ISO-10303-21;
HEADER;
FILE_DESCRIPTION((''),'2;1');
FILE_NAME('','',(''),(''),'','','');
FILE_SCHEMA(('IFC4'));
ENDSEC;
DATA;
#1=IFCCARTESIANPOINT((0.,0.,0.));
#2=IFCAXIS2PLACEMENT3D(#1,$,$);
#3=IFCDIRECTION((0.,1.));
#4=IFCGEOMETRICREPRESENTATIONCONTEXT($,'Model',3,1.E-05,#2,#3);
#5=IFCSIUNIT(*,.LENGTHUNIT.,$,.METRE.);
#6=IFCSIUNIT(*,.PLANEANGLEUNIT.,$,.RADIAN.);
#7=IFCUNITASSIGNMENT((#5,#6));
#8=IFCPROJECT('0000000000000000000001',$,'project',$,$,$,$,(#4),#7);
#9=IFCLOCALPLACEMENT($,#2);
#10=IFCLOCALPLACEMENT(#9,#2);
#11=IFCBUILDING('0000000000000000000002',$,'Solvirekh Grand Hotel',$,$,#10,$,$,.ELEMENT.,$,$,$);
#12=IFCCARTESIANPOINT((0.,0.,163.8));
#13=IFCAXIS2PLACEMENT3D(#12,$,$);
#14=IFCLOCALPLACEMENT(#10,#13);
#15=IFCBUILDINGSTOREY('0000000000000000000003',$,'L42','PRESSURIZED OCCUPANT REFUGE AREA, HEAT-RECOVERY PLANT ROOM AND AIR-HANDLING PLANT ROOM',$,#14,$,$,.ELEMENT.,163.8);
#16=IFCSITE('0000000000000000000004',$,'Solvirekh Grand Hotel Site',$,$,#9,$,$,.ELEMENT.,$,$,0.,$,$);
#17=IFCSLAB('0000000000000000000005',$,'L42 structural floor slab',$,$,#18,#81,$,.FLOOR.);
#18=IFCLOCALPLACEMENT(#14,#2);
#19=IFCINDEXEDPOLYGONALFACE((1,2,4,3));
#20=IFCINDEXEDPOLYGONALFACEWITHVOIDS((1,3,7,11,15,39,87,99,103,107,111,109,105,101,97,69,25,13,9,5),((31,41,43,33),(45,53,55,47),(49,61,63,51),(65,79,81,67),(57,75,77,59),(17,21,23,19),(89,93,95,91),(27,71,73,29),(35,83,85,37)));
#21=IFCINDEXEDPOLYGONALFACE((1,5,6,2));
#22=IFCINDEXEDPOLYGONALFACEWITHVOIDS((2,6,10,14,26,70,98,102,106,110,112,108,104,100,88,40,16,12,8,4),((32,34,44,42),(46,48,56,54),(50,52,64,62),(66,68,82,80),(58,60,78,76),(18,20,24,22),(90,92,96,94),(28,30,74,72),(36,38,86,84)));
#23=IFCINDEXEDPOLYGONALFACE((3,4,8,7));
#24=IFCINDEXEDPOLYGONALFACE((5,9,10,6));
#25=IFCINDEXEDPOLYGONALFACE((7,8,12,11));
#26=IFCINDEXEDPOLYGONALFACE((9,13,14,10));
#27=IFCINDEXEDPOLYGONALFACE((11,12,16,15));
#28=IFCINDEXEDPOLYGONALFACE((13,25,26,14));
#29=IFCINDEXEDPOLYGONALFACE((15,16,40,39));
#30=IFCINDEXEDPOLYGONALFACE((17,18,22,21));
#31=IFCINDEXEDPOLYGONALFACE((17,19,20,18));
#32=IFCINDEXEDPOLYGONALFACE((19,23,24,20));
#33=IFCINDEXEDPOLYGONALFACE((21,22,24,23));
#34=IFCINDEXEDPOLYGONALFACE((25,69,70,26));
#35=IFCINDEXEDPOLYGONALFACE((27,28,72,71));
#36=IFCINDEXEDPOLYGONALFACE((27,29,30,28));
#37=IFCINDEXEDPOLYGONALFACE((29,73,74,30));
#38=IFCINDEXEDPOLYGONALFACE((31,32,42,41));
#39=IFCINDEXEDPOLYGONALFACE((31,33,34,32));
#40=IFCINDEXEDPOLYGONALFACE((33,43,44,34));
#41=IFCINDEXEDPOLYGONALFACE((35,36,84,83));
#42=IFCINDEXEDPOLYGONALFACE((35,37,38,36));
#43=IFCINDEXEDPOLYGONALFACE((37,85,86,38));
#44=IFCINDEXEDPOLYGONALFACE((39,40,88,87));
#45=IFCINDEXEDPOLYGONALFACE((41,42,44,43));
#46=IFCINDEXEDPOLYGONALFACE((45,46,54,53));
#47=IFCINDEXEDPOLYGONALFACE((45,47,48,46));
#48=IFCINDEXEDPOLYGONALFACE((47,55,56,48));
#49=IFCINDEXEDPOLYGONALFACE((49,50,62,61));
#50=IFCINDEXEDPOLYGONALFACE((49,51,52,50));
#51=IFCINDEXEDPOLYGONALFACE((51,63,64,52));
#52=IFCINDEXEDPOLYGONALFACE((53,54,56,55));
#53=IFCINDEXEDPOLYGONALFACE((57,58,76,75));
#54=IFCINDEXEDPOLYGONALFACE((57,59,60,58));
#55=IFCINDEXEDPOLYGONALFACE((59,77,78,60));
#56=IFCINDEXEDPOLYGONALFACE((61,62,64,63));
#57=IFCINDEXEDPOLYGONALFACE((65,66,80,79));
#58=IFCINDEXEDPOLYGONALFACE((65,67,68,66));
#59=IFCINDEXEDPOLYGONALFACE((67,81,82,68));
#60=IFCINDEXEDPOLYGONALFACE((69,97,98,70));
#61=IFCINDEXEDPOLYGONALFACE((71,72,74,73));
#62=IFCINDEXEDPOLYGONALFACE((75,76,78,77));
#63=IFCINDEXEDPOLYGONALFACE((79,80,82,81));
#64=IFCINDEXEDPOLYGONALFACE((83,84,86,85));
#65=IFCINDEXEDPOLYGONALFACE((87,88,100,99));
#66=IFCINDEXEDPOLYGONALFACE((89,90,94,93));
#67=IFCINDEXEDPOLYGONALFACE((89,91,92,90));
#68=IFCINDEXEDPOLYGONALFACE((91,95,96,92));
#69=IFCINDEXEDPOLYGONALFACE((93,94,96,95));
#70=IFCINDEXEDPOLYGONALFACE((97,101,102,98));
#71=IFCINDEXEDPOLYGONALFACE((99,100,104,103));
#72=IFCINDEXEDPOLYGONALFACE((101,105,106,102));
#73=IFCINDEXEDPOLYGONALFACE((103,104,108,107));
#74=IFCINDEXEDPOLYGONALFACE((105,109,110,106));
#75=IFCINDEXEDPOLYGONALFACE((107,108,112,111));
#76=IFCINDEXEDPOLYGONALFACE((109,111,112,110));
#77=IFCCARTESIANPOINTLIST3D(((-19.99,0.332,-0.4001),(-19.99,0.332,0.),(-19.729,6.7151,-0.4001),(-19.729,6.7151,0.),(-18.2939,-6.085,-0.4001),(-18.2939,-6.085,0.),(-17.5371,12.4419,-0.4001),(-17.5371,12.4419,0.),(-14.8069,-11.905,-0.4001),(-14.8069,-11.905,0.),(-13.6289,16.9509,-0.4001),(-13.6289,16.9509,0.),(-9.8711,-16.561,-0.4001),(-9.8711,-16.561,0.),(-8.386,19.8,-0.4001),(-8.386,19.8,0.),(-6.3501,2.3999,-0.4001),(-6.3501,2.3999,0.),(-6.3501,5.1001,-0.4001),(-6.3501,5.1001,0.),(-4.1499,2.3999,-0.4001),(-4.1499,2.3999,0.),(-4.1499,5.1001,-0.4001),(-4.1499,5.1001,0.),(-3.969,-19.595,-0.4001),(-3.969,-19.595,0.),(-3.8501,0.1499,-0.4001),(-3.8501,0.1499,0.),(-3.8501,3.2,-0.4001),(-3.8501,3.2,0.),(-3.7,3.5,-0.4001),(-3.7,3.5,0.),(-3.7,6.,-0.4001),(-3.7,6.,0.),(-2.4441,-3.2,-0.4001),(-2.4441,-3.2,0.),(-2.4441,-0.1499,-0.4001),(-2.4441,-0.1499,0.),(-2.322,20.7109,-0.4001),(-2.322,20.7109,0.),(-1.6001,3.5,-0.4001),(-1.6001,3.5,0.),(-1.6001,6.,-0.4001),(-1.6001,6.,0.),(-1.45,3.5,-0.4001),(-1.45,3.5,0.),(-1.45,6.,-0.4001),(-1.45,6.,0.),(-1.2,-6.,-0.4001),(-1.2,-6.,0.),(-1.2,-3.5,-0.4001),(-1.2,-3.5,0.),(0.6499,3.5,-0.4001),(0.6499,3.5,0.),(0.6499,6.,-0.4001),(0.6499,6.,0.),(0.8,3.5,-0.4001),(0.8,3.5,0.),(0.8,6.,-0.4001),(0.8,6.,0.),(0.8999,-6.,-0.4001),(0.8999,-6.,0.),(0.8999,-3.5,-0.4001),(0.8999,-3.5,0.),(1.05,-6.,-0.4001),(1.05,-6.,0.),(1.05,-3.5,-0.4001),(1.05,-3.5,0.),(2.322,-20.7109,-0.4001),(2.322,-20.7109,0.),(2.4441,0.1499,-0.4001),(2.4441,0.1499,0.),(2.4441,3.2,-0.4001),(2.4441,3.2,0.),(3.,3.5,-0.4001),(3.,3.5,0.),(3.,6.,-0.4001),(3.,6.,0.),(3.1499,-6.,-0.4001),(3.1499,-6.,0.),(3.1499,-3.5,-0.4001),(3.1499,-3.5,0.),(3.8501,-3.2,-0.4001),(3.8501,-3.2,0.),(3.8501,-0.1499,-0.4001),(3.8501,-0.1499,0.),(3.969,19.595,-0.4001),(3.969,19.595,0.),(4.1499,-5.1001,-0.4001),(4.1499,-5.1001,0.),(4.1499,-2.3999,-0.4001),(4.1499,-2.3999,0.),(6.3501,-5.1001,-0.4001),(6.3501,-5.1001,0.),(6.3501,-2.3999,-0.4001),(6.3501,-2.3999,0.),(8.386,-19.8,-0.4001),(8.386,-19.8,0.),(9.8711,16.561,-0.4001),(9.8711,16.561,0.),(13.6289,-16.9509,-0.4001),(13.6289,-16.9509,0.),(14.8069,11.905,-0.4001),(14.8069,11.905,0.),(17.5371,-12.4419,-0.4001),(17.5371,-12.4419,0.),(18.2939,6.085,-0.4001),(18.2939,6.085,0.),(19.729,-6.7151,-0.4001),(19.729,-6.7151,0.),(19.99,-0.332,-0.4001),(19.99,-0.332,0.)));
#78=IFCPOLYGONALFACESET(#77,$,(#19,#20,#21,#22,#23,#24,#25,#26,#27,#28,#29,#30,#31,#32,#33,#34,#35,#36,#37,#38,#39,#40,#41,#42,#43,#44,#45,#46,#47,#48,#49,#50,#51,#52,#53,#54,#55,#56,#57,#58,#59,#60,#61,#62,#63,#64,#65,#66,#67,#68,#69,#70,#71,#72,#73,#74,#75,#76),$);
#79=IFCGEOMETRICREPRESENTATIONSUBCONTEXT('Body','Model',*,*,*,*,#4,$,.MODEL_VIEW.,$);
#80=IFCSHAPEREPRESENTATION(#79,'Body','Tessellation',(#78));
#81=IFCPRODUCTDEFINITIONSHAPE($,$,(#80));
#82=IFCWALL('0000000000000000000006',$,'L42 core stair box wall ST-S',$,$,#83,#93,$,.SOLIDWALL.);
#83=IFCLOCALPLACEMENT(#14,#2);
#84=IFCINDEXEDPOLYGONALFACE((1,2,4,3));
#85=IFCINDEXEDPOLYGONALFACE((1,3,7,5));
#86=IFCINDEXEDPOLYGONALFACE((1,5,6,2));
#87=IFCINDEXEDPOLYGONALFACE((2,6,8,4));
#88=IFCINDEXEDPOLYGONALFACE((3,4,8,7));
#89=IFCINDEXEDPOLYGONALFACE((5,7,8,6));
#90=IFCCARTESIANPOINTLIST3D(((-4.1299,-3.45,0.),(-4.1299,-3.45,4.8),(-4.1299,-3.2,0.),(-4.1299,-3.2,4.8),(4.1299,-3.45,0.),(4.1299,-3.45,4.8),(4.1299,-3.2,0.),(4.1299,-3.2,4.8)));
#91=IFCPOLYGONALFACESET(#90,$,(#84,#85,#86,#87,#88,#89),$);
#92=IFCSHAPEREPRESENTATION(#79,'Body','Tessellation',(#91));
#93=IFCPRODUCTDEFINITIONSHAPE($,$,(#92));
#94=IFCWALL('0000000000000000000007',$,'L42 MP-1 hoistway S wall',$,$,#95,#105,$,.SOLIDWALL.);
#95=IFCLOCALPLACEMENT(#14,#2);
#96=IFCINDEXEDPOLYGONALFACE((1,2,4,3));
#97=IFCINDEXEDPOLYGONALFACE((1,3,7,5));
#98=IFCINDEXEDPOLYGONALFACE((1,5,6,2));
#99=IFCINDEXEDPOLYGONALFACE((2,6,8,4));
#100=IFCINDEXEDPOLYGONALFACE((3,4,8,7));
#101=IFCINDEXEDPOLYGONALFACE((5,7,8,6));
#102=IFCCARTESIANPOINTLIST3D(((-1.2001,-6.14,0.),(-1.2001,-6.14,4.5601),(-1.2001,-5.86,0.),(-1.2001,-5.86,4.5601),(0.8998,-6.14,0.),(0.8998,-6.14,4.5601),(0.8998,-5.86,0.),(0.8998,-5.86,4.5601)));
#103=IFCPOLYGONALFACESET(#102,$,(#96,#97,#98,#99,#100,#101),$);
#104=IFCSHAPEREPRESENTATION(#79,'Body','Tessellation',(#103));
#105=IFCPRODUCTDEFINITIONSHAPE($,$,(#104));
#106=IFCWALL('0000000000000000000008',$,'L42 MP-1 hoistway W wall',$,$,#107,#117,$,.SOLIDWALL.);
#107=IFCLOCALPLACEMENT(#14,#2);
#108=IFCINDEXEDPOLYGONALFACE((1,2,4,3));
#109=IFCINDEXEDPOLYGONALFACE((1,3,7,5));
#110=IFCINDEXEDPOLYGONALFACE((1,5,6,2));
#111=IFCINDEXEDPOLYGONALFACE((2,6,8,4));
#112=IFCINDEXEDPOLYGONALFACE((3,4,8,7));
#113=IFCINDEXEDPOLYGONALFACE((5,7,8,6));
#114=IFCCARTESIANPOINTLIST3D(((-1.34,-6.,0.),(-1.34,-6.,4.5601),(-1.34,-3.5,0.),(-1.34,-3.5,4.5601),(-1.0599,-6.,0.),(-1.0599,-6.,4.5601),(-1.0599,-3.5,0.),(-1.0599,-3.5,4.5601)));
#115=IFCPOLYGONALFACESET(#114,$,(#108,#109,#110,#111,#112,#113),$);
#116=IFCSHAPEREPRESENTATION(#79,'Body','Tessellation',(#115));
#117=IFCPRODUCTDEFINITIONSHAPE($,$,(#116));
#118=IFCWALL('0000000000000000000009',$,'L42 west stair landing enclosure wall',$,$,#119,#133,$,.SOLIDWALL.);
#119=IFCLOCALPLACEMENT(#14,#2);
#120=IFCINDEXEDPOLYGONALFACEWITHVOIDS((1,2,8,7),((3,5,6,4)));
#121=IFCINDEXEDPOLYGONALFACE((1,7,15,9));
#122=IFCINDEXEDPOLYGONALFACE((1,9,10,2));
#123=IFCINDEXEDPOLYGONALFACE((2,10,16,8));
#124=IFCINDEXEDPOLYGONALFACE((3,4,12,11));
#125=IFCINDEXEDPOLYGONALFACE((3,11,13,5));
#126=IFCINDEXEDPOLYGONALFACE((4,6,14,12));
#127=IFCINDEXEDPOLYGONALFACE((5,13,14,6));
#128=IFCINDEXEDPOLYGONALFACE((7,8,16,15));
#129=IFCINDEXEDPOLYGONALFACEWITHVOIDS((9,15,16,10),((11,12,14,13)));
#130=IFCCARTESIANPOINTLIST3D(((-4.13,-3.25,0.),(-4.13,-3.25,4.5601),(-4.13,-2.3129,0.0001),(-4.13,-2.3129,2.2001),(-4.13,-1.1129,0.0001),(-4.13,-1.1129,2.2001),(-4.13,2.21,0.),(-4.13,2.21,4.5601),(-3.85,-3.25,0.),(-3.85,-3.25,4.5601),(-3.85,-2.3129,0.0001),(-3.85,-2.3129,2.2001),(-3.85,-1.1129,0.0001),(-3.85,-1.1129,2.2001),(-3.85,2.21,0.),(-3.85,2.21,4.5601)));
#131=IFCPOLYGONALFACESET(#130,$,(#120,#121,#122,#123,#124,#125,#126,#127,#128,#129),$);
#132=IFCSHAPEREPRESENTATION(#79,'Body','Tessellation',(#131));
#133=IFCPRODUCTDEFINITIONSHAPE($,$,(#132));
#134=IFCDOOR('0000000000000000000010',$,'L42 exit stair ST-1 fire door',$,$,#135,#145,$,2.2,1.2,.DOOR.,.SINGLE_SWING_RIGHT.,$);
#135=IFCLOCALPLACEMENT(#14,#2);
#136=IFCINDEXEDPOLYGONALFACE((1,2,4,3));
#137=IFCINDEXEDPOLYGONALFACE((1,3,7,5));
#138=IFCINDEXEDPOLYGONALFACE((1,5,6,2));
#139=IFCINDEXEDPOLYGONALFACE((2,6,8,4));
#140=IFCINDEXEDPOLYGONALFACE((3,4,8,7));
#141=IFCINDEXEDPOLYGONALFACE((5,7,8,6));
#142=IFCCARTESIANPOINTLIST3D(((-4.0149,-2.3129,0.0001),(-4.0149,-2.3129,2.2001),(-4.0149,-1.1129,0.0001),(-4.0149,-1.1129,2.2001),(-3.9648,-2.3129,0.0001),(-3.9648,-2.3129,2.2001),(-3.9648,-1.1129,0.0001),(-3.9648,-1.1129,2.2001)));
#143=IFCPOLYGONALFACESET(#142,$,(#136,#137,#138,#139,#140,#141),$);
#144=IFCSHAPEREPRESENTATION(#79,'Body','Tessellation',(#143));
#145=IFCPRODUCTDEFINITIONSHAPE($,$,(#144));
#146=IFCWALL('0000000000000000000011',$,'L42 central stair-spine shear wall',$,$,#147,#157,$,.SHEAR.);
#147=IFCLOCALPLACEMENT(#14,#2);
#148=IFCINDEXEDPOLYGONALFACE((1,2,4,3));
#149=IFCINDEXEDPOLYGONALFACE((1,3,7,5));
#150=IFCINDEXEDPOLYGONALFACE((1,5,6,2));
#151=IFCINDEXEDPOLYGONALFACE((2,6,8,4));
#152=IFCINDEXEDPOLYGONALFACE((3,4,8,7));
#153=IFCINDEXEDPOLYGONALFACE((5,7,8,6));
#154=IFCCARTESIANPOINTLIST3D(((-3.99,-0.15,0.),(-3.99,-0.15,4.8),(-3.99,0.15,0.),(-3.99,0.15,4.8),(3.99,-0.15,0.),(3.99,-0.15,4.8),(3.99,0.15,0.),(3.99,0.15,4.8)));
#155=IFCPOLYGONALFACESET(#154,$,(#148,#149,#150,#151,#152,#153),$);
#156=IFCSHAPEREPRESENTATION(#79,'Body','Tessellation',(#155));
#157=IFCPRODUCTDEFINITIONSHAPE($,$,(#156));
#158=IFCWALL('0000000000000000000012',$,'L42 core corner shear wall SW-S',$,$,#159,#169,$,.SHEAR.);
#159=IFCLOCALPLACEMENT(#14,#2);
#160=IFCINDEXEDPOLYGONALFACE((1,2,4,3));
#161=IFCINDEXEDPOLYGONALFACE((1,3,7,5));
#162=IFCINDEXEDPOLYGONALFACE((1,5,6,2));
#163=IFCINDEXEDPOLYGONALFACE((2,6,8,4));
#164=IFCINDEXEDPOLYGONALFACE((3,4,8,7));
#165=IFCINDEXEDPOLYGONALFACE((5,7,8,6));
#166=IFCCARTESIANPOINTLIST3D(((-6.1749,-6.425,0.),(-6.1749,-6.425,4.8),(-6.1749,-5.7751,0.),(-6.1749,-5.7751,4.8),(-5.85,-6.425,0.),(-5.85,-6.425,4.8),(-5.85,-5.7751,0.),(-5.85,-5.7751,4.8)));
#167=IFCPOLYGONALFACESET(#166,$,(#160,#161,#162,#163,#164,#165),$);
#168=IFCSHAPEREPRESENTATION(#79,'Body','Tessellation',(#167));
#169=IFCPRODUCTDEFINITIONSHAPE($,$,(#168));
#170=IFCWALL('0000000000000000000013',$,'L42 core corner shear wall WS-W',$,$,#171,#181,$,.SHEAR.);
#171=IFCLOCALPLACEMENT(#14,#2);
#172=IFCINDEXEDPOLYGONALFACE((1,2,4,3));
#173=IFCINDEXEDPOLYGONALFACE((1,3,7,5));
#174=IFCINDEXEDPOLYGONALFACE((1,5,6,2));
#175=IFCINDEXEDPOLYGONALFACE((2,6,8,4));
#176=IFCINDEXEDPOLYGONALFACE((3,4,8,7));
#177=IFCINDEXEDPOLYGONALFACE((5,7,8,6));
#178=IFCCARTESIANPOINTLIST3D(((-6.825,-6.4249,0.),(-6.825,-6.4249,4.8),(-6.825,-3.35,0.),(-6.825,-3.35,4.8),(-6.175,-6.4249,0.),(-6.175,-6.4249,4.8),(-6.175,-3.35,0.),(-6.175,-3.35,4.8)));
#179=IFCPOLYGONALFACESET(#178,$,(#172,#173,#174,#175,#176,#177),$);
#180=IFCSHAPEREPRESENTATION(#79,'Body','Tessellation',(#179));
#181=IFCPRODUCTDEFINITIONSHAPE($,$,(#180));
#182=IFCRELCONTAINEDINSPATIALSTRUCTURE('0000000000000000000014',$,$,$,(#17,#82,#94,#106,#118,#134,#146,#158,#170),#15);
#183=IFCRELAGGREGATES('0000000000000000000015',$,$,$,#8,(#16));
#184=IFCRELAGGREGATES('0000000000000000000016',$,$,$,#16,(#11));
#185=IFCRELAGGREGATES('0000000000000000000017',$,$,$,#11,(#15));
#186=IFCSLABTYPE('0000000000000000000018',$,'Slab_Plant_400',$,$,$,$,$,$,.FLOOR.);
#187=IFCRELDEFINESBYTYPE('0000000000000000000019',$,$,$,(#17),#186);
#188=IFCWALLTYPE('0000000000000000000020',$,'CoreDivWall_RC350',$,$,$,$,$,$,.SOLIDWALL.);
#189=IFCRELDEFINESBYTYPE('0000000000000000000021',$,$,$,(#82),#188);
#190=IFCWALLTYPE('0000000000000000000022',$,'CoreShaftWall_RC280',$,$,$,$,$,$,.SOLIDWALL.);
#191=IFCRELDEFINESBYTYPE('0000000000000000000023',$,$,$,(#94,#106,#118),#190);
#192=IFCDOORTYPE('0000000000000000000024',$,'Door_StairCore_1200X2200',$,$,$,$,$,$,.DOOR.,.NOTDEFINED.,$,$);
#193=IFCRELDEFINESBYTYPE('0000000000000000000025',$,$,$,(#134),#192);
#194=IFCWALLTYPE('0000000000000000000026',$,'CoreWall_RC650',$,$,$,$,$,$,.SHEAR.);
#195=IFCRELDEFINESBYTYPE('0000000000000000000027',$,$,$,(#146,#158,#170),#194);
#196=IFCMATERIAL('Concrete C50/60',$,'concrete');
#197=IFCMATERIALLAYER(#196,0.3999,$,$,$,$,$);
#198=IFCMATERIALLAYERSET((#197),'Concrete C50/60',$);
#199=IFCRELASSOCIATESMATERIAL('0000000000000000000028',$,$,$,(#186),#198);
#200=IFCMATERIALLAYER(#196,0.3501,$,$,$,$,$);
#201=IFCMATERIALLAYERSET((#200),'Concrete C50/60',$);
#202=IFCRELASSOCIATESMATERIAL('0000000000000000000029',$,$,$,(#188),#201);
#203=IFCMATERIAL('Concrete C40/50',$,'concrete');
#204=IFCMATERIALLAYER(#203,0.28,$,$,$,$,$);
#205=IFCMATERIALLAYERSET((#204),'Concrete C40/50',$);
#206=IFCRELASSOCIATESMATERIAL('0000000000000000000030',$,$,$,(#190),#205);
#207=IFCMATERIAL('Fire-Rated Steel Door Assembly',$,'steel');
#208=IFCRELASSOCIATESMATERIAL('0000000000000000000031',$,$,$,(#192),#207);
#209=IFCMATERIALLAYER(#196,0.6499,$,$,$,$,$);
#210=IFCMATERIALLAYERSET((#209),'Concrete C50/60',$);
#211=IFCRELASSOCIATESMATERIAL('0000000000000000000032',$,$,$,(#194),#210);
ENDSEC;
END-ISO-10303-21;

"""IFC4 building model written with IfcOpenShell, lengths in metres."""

from ifc_helpers import new_model, si_unit, direction, frame, frame_2d, origin, place, context, subcontext, project, spatial, polyline, rectangle, outline, extrude, material, layer, layer_set, type_object, element, fill, save


model = new_model("IFC4")

# Units and contexts
model_context = context("Model", 3, precision=1e-05, world=origin(), true_north=direction((0.0, 1.0)))
body_context = subcontext(model_context, "Body", "Model", "MODEL_VIEW")
ifc_project = project(units=[si_unit("LENGTHUNIT", "METRE"), si_unit("PLANEANGLEUNIT", "RADIAN")], contexts=[model_context])

# Site, building, storey
site_placement = place(None, origin())
site = spatial("IfcSite", under=ifc_project, at=site_placement, Name="Solvirekh Grand Hotel Site", CompositionType="ELEMENT", RefElevation=0.0)
building_placement = place(site_placement, origin())
building = spatial("IfcBuilding", under=site, at=building_placement, Name="Solvirekh Grand Hotel", CompositionType="ELEMENT")
storey_placement = place(building_placement, frame((0.0, 0.0, 163.8)))
storey = spatial("IfcBuildingStorey", under=building, at=storey_placement, Name="L42", Description="PRESSURIZED OCCUPANT REFUGE AREA, HEAT-RECOVERY PLANT ROOM AND AIR-HANDLING PLANT ROOM", CompositionType="ELEMENT", Elevation=163.8)

# Shared definitions
ifc_material_1 = material(Name="Concrete C50/60", Category="concrete")

# Slab
ifc_layer_1 = layer(ifc_material_1, 0.3999)
ifc_layer_set_1 = layer_set([ifc_layer_1], Name="Concrete C50/60")
slab_type_1 = type_object("IfcSlabType", Name="Slab_Plant_400", PredefinedType="FLOOR", material=ifc_layer_set_1)
slab_1_placement = place(storey_placement, frame((0.0, 0.0, -0.4001)))
element("IfcSlab", 1, at=slab_1_placement, inside=storey, type_object=slab_type_1, Name="L42 structural floor slab", PredefinedType="FLOOR", context=body_context, shape_type="SweptSolid", body=[
    extrude(outline(polyline([(13.6289, -16.9509), (17.5371, -12.4419), (19.729, -6.7151), (19.99, -0.332), (18.2939, 6.085), (14.8069, 11.905), (9.8711, 16.561), (3.969, 19.595), (-2.322, 20.7109), (-8.386, 19.8), (-13.6289, 16.9509), (-17.5371, 12.4419), (-19.729, 6.7151), (-19.99, 0.332), (-18.2939, -6.085), (-14.8069, -11.905), (-9.8711, -16.561), (-3.969, -19.595), (2.322, -20.7109), (8.386, -19.8), (13.6289, -16.9509)]), holes=[polyline([(-2.4441, -0.1499), (3.8501, -0.1499), (3.8501, -3.2), (-2.4441, -3.2), (-2.4441, -0.1499)]), polyline([(2.4441, 0.1499), (-3.8501, 0.1499), (-3.8501, 3.2), (2.4441, 3.2), (2.4441, 0.1499)]), polyline([(-1.2, -3.5), (0.8999, -3.5), (0.8999, -6.0), (-1.2, -6.0), (-1.2, -3.5)]), polyline([(1.05, -3.5), (3.1499, -3.5), (3.1499, -6.0), (1.05, -6.0), (1.05, -3.5)]), polyline([(-3.7, 6.0), (-1.6001, 6.0), (-1.6001, 3.5), (-3.7, 3.5), (-3.7, 6.0)]), polyline([(-1.45, 6.0), (0.6499, 6.0), (0.6499, 3.5), (-1.45, 3.5), (-1.45, 6.0)]), polyline([(0.8, 6.0), (3.0, 6.0), (3.0, 3.5), (0.8, 3.5), (0.8, 6.0)]), polyline([(-6.3501, 5.1001), (-4.1499, 5.1001), (-4.1499, 2.3999), (-6.3501, 2.3999), (-6.3501, 5.1001)]), polyline([(4.1499, -2.3999), (6.3501, -2.3999), (6.3501, -5.1001), (4.1499, -5.1001), (4.1499, -2.3999)])]), origin(), (0.0, 0.0, 1.0), 0.4001),
])

# Walls
ifc_layer_2 = layer(ifc_material_1, 0.3501)
ifc_layer_set_2 = layer_set([ifc_layer_2], Name="Concrete C50/60")
wall_type_1 = type_object("IfcWallType", Name="CoreDivWall_RC350", PredefinedType="SOLIDWALL", material=ifc_layer_set_2)
wall_1_placement = place(storey_placement, frame((-4.1299, -3.325, 0.0), z_axis=(0.0, 0.0, 1.0), x_axis=(1.0, 0.0, 0.0)))
element("IfcWall", 2, at=wall_1_placement, inside=storey, type_object=wall_type_1, Name="L42 core stair box wall ST-S", PredefinedType="SOLIDWALL", context=body_context, shape_type="SweptSolid", body=[
    extrude(rectangle(XDim=8.2598, YDim=0.25, at=frame_2d((4.1299, 0.0))), origin(), (0.0, 0.0, 1.0), 4.8),
])
ifc_material_2 = material(Name="Concrete C40/50", Category="concrete")
ifc_layer_3 = layer(ifc_material_2, 0.28)
ifc_layer_set_3 = layer_set([ifc_layer_3], Name="Concrete C40/50")
wall_type_2 = type_object("IfcWallType", Name="CoreShaftWall_RC280", PredefinedType="SOLIDWALL", material=ifc_layer_set_3)
wall_2_placement = place(storey_placement, frame((-1.2, -6.0, 0.0), z_axis=(0.0, 0.0, 1.0), x_axis=(1.0, 0.0, 0.0)))
element("IfcWall", 3, at=wall_2_placement, inside=storey, type_object=wall_type_2, Name="L42 MP-1 hoistway S wall", PredefinedType="SOLIDWALL", context=body_context, shape_type="SweptSolid", body=[
    extrude(rectangle(XDim=2.0999, YDim=0.28, at=frame_2d((1.0498, 0.0))), origin(), (0.0, 0.0, 1.0), 4.5601),
])
wall_3_placement = place(storey_placement, frame((-1.2, -3.5, 0.0), z_axis=(0.0, 0.0, 1.0), x_axis=(0.0, -1.0, 0.0)))
element("IfcWall", 4, at=wall_3_placement, inside=storey, type_object=wall_type_2, Name="L42 MP-1 hoistway W wall", PredefinedType="SOLIDWALL", context=body_context, shape_type="SweptSolid", body=[
    extrude(rectangle(XDim=2.5, YDim=0.28, at=frame_2d((1.25, 0.0))), origin(), (0.0, 0.0, 1.0), 4.5601),
])

# Wall, opening, door
wall_4_placement = place(storey_placement, frame((-3.99, -3.25, 0.0), z_axis=(0.0, 0.0, 1.0), x_axis=(0.0, 1.0, 0.0)))
wall_4 = element("IfcWall", 5, at=wall_4_placement, inside=storey, type_object=wall_type_2, Name="L42 west stair landing enclosure wall", PredefinedType="SOLIDWALL", context=body_context, shape_type="SweptSolid", body=[
    extrude(rectangle(XDim=5.46, YDim=0.28, at=frame_2d((2.73, 0.0))), origin(), (0.0, 0.0, 1.0), 4.5601),
])
opening_1_placement = place(wall_4_placement, frame((0.937, 0.0, 0.0)))
opening_1 = element("IfcOpeningElement", 6, at=opening_1_placement, cuts=wall_4, PredefinedType="OPENING", context=body_context, shape_type="SweptSolid", body=[
    extrude(rectangle(XDim=1.2, YDim=2.2, at=frame_2d((0.6001, 1.1001))), frame((0.0, 0.1499, 0.0), z_axis=(0.0, -1.0, 0.0), x_axis=(1.0, 0.0, 0.0)), (0.0, 0.0, 1.0), 0.3),
])
ifc_material_3 = material(Name="Fire-Rated Steel Door Assembly", Category="steel")
door_type_1 = type_object("IfcDoorType", Name="Door_StairCore_1200X2200", OperationType="NOTDEFINED", PredefinedType="DOOR", material=ifc_material_3)
door_1_placement = place(opening_1_placement, origin())
door_1 = element("IfcDoor", 7, at=door_1_placement, inside=storey, type_object=door_type_1, Name="L42 exit stair ST-1 fire door", OperationType="SINGLE_SWING_RIGHT", OverallHeight=2.2, OverallWidth=1.2, PredefinedType="DOOR", context=body_context, shape_type="SweptSolid", body=[
    extrude(rectangle(XDim=1.2, YDim=2.2, at=frame_2d((0.6001, 1.1001))), frame((0.0, 0.0249, 0.0), z_axis=(0.0, -1.0, 0.0), x_axis=(1.0, 0.0, 0.0)), (0.0, 0.0, 1.0), 0.05),
])
fill(opening_1, door_1)

# Walls
ifc_layer_4 = layer(ifc_material_1, 0.6499)
ifc_layer_set_4 = layer_set([ifc_layer_4], Name="Concrete C50/60")
wall_type_3 = type_object("IfcWallType", Name="CoreWall_RC650", PredefinedType="SHEAR", material=ifc_layer_set_4)
wall_5_placement = place(storey_placement, frame((-3.99, 0.0, 0.0), z_axis=(0.0, 0.0, 1.0), x_axis=(1.0, 0.0, 0.0)))
element("IfcWall", 8, at=wall_5_placement, inside=storey, type_object=wall_type_3, Name="L42 central stair-spine shear wall", PredefinedType="SHEAR", context=body_context, shape_type="SweptSolid", body=[
    extrude(rectangle(XDim=7.98, YDim=0.3, at=frame_2d((3.99, 0.0))), origin(), (0.0, 0.0, 1.0), 4.8),
])
wall_6_placement = place(storey_placement, frame((-6.175, -6.1001, 0.0), z_axis=(0.0, 0.0, 1.0), x_axis=(1.0, 0.0, 0.0)))
element("IfcWall", 9, at=wall_6_placement, inside=storey, type_object=wall_type_3, Name="L42 core corner shear wall SW-S", PredefinedType="SHEAR", context=body_context, shape_type="SweptSolid", body=[
    extrude(rectangle(XDim=0.325, YDim=0.6499, at=frame_2d((0.1626, 0.0))), origin(), (0.0, 0.0, 1.0), 4.8),
])
wall_7_placement = place(storey_placement, frame((-6.5, -6.425, 0.0), z_axis=(0.0, 0.0, 1.0), x_axis=(0.0, 1.0, 0.0)))
element("IfcWall", 10, at=wall_7_placement, inside=storey, type_object=wall_type_3, Name="L42 core corner shear wall WS-W", PredefinedType="SHEAR", context=body_context, shape_type="SweptSolid", body=[
    extrude(rectangle(XDim=3.075, YDim=0.6499, at=frame_2d((1.5376, 0.0))), origin(), (0.0, 0.0, 1.0), 4.8),
])

save(model, "model.ifc")
